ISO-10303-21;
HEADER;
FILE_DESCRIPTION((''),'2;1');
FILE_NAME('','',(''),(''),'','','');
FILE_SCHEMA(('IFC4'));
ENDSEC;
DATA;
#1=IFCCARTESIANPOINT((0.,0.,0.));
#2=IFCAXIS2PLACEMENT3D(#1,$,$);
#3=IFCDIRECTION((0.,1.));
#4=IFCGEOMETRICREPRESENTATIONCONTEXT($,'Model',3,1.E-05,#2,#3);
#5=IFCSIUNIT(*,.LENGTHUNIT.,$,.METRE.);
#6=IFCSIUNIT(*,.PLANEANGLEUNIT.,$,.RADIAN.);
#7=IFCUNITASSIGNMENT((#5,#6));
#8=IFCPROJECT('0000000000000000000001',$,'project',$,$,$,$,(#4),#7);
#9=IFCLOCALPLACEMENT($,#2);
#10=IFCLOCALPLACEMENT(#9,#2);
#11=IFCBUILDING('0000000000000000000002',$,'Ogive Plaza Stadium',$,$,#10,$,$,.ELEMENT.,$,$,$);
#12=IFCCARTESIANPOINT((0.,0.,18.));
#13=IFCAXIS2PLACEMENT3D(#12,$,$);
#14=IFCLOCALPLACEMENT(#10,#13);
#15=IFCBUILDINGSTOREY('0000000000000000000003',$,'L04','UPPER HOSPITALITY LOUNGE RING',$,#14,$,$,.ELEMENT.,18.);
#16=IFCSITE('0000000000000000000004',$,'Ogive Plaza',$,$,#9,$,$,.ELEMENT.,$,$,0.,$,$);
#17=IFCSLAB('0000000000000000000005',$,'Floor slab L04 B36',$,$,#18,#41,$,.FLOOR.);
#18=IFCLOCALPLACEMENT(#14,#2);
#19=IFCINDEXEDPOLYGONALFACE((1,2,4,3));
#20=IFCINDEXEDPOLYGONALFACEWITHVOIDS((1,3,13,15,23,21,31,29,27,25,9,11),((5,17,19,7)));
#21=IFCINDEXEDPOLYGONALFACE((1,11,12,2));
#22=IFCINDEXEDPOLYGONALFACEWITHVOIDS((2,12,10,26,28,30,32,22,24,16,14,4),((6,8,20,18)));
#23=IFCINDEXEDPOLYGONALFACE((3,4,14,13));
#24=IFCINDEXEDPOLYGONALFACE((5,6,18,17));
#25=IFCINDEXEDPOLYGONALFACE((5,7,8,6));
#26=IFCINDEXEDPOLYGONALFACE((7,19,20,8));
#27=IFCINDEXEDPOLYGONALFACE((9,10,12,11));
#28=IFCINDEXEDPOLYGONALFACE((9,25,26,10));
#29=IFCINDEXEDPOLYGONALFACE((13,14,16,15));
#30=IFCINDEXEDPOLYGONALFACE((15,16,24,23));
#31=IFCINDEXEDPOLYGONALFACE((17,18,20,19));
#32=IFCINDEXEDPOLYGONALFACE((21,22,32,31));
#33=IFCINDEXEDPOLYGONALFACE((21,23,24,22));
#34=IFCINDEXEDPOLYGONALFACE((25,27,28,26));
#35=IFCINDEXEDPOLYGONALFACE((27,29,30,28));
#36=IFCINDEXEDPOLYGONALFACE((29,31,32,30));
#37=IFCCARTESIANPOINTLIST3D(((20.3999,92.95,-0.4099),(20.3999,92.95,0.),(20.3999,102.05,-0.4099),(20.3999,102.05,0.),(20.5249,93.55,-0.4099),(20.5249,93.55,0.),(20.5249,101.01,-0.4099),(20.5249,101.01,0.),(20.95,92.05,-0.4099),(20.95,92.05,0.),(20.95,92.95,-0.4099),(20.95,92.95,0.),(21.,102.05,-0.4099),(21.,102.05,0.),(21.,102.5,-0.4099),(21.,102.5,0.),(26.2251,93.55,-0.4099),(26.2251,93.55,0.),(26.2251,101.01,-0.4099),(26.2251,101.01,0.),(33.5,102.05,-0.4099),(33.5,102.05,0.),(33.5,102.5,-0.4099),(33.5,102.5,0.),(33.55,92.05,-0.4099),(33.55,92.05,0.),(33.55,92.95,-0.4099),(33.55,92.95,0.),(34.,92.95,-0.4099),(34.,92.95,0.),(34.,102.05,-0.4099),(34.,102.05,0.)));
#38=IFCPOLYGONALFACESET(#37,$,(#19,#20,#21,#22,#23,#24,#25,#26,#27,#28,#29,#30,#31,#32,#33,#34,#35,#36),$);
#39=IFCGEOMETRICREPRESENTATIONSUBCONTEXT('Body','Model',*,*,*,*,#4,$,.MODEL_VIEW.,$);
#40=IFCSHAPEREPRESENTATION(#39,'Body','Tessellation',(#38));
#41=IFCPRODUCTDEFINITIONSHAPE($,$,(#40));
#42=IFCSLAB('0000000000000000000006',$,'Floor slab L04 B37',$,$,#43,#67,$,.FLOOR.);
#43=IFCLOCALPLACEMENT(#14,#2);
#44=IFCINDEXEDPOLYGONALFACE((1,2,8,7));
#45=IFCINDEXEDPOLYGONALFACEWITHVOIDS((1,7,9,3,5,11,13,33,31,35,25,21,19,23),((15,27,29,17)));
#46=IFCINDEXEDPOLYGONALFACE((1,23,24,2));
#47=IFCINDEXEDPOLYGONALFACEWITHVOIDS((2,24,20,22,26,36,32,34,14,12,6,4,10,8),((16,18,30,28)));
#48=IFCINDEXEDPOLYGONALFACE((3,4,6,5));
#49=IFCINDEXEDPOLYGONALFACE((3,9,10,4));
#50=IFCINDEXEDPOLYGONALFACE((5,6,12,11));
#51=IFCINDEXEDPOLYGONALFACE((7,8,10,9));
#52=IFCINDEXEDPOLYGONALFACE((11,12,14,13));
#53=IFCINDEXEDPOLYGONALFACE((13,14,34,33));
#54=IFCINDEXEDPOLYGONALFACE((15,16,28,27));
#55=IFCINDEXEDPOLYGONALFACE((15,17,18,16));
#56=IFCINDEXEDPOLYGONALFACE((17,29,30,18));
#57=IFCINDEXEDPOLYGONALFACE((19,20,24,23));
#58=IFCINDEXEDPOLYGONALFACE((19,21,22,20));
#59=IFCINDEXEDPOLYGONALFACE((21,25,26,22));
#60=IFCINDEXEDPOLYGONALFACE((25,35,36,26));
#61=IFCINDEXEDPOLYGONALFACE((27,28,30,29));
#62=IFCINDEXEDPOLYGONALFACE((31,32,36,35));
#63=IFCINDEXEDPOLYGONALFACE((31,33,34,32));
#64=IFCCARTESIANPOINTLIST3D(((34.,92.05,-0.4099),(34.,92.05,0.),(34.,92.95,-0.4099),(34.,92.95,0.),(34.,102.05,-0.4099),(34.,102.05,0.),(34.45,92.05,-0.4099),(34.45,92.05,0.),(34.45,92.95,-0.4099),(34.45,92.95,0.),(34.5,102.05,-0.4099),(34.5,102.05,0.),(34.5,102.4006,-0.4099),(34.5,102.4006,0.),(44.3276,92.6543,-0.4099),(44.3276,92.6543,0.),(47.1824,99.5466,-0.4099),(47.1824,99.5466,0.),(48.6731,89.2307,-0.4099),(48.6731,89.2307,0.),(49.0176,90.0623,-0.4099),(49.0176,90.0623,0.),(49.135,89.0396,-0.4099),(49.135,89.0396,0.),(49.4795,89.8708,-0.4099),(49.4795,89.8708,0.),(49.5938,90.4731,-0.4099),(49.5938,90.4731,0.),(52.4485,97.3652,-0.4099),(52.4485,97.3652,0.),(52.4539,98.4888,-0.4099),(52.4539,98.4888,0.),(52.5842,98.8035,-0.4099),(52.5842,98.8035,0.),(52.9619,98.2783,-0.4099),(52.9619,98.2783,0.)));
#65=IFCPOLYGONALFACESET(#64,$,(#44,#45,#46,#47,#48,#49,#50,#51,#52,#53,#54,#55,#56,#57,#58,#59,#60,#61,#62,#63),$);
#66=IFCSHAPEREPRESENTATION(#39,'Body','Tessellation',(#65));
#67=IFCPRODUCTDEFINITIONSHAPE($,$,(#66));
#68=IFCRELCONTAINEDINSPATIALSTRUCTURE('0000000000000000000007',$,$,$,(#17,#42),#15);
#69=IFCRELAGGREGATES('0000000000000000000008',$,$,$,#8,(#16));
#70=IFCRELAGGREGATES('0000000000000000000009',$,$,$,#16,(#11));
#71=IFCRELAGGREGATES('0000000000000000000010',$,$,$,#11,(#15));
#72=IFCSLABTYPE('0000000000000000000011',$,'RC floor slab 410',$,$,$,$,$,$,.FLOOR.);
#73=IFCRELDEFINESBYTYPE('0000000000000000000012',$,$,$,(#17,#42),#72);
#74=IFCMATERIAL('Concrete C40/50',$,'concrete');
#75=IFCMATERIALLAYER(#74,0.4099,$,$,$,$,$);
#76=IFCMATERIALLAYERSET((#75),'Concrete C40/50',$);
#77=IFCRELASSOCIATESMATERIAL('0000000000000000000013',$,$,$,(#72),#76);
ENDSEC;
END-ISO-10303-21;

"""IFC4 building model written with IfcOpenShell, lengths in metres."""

from ifc_helpers import new_model, si_unit, direction, frame, origin, place, context, subcontext, project, spatial, polyline, outline, extrude, material, layer, layer_set, type_object, element, save


model = new_model("IFC4")

# Units and contexts
model_context = context("Model", 3, precision=1e-05, world=origin(), true_north=direction((0.0, 1.0)))
body_context = subcontext(model_context, "Body", "Model", "MODEL_VIEW")
ifc_project = project(units=[si_unit("LENGTHUNIT", "METRE"), si_unit("PLANEANGLEUNIT", "RADIAN")], contexts=[model_context])

# Site, building, storey
site_placement = place(None, origin())
site = spatial("IfcSite", under=ifc_project, at=site_placement, Name="Ogive Plaza", CompositionType="ELEMENT", RefElevation=0.0)
building_placement = place(site_placement, origin())
building = spatial("IfcBuilding", under=site, at=building_placement, Name="Ogive Plaza Stadium", CompositionType="ELEMENT")
storey_placement = place(building_placement, frame((0.0, 0.0, 18.0)))
storey = spatial("IfcBuildingStorey", under=building, at=storey_placement, Name="L04", Description="UPPER HOSPITALITY LOUNGE RING", CompositionType="ELEMENT", Elevation=18.0)

# Slabs
ifc_material = material(Name="Concrete C40/50", Category="concrete")
ifc_layer = layer(ifc_material, 0.4099)
ifc_layer_set = layer_set([ifc_layer], Name="Concrete C40/50")
slab_type = type_object("IfcSlabType", Name="RC floor slab 410", PredefinedType="FLOOR", material=ifc_layer_set)
slab_1_placement = place(storey_placement, frame((0.0, 0.0, -0.4099)))
element("IfcSlab", 1, at=slab_1_placement, inside=storey, type_object=slab_type, Name="Floor slab L04 B36", PredefinedType="FLOOR", context=body_context, shape_type="SweptSolid", body=[
    extrude(outline(polyline([(34.0, 102.05), (33.5, 102.05), (33.5, 102.5), (21.0, 102.5), (21.0, 102.05), (20.3999, 102.05), (20.3999, 92.95), (20.95, 92.95), (20.95, 92.05), (33.55, 92.05), (33.55, 92.95), (34.0, 92.95), (34.0, 102.05)]), holes=[polyline([(20.5249, 93.55), (26.2251, 93.55), (26.2251, 101.01), (20.5249, 101.01), (20.5249, 93.55)])]), origin(), (0.0, 0.0, 1.0), 0.4099),
])
slab_2_placement = place(storey_placement, frame((0.0, 0.0, -0.4099)))
element("IfcSlab", 2, at=slab_2_placement, inside=storey, type_object=slab_type, Name="Floor slab L04 B37", PredefinedType="FLOOR", context=body_context, shape_type="SweptSolid", body=[
    extrude(outline(polyline([(52.9619, 98.2783), (52.4539, 98.4888), (52.5842, 98.8035), (34.5, 102.4006), (34.5, 102.05), (34.0, 102.05), (34.0, 92.95), (34.45, 92.95), (34.45, 92.05), (34.0, 92.05), (49.135, 89.0396), (48.6731, 89.2307), (49.0176, 90.0623), (49.4795, 89.8708), (52.9619, 98.2783)]), holes=[polyline([(44.3276, 92.6543), (49.5938, 90.4731), (52.4485, 97.3652), (47.1824, 99.5466), (44.3276, 92.6543)])]), origin(), (0.0, 0.0, 1.0), 0.4099),
])

save(model, "model.ifc")
